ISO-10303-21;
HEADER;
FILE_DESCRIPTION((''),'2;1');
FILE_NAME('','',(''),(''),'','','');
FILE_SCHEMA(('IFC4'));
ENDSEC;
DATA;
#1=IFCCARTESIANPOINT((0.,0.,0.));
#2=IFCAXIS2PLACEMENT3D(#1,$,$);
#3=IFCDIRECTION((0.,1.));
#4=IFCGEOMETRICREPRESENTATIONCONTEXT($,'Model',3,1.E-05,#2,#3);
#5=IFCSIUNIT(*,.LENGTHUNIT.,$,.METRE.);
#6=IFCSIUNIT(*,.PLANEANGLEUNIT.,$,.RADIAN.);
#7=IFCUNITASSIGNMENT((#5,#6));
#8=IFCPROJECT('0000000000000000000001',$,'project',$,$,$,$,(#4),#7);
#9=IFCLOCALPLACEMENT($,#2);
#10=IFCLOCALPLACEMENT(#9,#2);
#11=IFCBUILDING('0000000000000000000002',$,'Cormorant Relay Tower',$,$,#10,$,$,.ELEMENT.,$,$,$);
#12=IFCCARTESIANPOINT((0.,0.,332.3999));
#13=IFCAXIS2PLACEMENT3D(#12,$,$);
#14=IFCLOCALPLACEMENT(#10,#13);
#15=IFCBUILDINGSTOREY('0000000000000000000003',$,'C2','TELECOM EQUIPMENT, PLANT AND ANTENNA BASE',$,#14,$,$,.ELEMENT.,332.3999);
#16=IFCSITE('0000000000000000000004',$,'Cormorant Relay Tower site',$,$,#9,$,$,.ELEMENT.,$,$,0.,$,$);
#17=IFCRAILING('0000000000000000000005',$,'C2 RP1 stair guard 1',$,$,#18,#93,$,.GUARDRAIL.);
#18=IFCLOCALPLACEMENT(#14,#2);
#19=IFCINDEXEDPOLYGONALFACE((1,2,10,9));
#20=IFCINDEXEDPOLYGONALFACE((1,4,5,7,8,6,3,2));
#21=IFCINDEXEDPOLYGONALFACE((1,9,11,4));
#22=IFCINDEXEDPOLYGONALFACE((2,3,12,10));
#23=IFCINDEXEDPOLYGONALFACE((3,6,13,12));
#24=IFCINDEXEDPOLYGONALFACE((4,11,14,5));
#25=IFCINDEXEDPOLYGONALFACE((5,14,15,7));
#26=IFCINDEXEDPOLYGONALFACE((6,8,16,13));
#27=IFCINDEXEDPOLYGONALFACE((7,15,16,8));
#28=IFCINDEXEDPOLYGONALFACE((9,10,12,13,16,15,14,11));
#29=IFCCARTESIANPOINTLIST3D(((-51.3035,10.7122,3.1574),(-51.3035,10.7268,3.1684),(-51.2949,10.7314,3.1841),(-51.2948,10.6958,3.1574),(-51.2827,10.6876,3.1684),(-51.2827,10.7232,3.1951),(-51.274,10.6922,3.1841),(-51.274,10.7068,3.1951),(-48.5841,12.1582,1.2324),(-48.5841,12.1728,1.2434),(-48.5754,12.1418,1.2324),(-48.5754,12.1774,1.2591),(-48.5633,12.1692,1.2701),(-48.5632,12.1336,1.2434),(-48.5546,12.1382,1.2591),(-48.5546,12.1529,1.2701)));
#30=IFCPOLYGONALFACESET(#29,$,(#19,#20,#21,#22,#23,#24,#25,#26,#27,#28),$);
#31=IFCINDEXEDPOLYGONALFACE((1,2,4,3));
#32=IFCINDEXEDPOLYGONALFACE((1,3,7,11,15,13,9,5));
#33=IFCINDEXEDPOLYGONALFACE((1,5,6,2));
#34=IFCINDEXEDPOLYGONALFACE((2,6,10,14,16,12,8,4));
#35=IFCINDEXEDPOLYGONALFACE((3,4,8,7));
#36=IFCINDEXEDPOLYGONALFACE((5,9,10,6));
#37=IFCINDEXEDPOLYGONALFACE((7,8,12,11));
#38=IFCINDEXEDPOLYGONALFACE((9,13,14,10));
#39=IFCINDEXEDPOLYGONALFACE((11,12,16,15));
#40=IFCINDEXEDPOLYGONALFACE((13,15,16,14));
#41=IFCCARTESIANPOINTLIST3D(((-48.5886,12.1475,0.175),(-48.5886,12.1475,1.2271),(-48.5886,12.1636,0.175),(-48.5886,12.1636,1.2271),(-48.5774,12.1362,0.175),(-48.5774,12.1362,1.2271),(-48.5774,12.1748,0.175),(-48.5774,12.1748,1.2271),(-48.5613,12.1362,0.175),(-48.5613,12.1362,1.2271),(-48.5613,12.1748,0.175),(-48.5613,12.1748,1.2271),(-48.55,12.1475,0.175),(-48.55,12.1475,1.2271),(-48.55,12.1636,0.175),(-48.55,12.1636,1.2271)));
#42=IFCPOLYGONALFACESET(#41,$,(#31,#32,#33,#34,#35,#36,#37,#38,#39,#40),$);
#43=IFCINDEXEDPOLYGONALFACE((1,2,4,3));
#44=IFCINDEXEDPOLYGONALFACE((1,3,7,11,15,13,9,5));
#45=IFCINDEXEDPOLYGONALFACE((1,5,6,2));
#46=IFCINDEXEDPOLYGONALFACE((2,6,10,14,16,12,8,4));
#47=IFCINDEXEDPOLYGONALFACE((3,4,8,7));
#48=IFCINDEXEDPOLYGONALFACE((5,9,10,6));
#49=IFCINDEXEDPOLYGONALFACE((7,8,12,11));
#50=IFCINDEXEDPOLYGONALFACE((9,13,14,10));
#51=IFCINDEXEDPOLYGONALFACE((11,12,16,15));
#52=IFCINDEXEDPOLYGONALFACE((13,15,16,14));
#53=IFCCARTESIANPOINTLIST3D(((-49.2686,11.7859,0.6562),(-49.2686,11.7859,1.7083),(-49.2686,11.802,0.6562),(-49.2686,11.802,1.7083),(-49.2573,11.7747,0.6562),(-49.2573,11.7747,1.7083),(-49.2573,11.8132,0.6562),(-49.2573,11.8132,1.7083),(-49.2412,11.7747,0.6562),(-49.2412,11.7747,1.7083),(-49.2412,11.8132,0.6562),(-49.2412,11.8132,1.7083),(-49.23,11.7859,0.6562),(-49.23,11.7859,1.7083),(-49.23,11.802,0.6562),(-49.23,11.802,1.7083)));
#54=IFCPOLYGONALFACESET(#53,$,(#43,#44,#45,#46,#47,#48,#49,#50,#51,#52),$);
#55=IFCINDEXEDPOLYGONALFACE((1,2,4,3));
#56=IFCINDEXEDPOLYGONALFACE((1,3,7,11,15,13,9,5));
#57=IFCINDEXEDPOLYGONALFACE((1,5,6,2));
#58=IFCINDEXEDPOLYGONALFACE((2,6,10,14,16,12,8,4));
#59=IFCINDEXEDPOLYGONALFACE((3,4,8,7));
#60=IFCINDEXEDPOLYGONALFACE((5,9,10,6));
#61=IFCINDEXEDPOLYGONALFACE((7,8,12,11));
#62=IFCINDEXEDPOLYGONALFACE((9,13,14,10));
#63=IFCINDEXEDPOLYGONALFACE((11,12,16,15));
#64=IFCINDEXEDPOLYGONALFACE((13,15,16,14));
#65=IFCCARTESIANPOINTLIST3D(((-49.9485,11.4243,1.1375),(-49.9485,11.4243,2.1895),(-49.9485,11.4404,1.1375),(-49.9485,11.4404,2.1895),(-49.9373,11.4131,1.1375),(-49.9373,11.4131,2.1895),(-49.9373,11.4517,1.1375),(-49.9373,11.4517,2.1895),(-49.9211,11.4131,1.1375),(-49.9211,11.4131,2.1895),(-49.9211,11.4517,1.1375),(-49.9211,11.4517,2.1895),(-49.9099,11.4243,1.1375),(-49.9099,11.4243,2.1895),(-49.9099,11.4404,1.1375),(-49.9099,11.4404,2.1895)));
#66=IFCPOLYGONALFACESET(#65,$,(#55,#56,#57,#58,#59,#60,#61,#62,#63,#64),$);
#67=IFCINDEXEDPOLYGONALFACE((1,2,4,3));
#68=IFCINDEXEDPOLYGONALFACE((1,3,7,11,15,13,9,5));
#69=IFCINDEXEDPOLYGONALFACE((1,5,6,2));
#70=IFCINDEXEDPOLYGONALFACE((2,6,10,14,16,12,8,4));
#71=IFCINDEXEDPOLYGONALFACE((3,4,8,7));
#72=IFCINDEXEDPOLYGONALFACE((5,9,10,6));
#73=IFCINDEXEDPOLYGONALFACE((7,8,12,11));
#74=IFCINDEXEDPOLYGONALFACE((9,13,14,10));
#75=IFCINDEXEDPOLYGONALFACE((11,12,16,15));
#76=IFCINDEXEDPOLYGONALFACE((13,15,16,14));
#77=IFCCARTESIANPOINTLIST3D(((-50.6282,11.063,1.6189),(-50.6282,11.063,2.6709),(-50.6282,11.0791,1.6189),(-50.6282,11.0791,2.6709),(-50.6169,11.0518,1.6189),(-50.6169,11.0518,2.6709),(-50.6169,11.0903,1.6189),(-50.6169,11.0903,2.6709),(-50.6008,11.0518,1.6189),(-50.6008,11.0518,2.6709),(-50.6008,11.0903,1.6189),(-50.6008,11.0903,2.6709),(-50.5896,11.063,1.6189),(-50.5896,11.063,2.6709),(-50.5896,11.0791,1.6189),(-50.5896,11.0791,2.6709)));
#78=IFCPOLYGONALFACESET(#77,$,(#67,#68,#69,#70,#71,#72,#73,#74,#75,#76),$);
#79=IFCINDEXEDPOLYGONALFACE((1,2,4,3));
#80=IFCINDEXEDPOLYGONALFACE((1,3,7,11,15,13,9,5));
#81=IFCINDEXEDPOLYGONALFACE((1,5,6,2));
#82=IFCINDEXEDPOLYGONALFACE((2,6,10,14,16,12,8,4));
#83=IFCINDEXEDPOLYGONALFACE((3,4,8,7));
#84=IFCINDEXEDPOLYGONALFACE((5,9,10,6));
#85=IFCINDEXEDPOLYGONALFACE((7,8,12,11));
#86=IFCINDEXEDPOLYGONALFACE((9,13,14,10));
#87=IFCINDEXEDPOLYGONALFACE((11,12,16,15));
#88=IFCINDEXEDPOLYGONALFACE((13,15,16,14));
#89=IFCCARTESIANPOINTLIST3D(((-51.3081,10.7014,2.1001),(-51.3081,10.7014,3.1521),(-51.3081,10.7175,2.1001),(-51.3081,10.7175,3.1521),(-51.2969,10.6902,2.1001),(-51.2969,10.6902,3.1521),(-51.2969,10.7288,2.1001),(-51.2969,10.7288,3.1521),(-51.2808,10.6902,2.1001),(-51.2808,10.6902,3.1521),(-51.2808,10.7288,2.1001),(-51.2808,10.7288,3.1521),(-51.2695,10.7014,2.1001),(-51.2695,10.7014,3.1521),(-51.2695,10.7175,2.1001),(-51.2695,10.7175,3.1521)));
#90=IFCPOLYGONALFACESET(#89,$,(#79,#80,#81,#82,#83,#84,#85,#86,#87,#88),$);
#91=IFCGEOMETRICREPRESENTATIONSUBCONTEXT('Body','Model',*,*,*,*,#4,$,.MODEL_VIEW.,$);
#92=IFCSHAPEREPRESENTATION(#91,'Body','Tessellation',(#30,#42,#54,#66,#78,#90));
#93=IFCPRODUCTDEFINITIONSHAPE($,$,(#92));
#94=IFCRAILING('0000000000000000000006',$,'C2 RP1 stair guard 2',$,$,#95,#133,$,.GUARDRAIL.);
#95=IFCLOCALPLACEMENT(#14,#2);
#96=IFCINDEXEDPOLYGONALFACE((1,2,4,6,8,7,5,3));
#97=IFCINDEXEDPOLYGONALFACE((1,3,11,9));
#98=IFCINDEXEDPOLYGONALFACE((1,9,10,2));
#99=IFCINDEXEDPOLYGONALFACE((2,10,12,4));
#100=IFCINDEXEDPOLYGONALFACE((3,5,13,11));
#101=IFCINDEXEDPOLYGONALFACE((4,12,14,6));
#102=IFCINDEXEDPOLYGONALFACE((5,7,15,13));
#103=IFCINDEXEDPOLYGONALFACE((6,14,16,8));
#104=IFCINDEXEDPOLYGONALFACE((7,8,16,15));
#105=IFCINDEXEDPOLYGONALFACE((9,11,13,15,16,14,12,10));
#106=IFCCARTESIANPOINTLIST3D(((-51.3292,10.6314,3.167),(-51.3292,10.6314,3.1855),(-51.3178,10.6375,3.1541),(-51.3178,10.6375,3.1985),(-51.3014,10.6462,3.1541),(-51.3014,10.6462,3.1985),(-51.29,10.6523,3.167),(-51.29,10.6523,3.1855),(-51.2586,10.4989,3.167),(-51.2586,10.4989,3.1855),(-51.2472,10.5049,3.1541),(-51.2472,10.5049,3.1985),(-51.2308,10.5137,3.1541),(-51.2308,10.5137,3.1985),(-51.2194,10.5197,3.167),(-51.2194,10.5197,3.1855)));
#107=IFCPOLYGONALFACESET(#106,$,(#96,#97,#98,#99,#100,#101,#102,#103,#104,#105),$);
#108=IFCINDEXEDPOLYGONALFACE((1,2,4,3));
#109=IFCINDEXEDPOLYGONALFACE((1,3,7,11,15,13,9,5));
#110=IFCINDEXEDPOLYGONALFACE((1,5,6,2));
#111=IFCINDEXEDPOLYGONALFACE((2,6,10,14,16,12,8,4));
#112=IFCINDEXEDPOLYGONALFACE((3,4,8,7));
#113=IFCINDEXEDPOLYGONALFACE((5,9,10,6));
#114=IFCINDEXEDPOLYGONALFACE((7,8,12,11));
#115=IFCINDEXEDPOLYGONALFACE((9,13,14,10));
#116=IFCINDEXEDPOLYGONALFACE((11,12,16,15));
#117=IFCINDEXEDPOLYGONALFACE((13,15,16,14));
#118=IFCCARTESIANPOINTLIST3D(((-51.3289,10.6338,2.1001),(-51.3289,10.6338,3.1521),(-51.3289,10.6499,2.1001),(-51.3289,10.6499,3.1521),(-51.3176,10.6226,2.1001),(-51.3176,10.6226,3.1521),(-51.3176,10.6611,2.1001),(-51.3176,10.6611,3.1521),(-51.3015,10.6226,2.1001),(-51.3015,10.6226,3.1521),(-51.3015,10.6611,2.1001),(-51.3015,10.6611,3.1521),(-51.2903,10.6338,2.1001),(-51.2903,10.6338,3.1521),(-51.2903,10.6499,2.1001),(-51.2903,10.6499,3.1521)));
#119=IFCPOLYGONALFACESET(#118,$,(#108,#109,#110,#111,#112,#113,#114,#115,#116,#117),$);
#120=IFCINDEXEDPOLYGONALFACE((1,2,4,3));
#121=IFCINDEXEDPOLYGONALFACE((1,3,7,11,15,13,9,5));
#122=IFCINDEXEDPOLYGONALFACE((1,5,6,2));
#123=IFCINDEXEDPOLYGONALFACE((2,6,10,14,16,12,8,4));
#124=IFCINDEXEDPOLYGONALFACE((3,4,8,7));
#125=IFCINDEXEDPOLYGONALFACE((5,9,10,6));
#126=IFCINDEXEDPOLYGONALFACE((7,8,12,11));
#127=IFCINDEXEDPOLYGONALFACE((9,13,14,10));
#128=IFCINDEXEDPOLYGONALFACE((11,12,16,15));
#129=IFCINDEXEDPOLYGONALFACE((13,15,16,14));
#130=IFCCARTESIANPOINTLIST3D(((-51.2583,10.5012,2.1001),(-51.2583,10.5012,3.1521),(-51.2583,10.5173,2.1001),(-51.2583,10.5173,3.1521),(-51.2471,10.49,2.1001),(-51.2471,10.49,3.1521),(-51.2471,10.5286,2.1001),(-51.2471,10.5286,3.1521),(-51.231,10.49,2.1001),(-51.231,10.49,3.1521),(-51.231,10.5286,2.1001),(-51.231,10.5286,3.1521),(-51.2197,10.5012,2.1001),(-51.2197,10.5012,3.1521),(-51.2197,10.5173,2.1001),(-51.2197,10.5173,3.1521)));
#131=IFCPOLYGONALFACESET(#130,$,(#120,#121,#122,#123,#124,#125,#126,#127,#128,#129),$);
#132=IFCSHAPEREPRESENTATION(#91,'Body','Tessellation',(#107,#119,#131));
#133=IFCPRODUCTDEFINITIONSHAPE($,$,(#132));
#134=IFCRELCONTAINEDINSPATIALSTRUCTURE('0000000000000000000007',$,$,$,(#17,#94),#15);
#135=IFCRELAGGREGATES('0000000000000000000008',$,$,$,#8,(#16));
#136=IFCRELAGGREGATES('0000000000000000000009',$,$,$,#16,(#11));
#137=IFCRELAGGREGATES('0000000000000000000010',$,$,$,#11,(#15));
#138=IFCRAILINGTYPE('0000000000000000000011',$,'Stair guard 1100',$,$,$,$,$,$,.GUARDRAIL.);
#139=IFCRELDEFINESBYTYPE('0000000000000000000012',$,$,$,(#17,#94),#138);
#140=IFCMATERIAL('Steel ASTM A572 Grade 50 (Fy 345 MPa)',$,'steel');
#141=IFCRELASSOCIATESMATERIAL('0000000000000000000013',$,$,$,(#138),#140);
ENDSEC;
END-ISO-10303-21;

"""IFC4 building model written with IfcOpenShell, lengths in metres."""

from ifc_helpers import new_model, si_unit, direction, frame, origin, place, context, subcontext, project, spatial, polyline, outline, extrude, material, type_object, element, save


model = new_model("IFC4")

# Units and contexts
model_context = context("Model", 3, precision=1e-05, world=origin(), true_north=direction((0.0, 1.0)))
body_context = subcontext(model_context, "Body", "Model", "MODEL_VIEW")
ifc_project = project(units=[si_unit("LENGTHUNIT", "METRE"), si_unit("PLANEANGLEUNIT", "RADIAN")], contexts=[model_context])

# Site, building, storey
site_placement = place(None, origin())
site = spatial("IfcSite", under=ifc_project, at=site_placement, Name="Cormorant Relay Tower site", CompositionType="ELEMENT", RefElevation=0.0)
building_placement = place(site_placement, origin())
building = spatial("IfcBuilding", under=site, at=building_placement, Name="Cormorant Relay Tower", CompositionType="ELEMENT")
storey_placement = place(building_placement, frame((0.0, 0.0, 332.3999)))
storey = spatial("IfcBuildingStorey", under=building, at=storey_placement, Name="C2", Description="TELECOM EQUIPMENT, PLANT AND ANTENNA BASE", CompositionType="ELEMENT", Elevation=332.3999)

# Railings
ifc_material_1 = material(Name="Steel ASTM A572 Grade 50 (Fy 345 MPa)", Category="steel")
railing_type_1 = type_object("IfcRailingType", Name="Stair guard 1100", PredefinedType="GUARDRAIL", material=ifc_material_1)
railing_1_placement = place(storey_placement, frame((-48.5693, 12.1555, 0.175)))
element("IfcRailing", 1, at=railing_1_placement, inside=storey, type_object=railing_type_1, Name="C2 RP1 stair guard 1", PredefinedType="GUARDRAIL", context=body_context, shape_type="SweptSolid", body=[
    extrude(outline(polyline([(0.0222, 0.0093), (0.0093, 0.0222), (-0.0093, 0.0222), (-0.0222, 0.0093), (-0.0222, -0.0093), (-0.0093, -0.0222), (0.0093, -0.0222), (0.0222, -0.0093), (0.0222, 0.0093)])), frame((0.0, 0.0, 1.0762), z_axis=(-0.748727, -0.398125, 0.530004), x_axis=(0.469489, -0.882938, 0.0)), (0.0, 0.0, 1.0), 3.6321),
    extrude(outline(polyline([(0.0193, 0.0081), (0.0081, 0.0193), (-0.0081, 0.0193), (-0.0193, 0.0081), (-0.0193, -0.0081), (-0.0081, -0.0193), (0.0081, -0.0193), (0.0193, -0.0081), (0.0193, 0.0081)])), origin(), (0.0, 0.0, 1.0), 1.052),
    extrude(outline(polyline([(0.0193, 0.0081), (0.0081, 0.0193), (-0.0081, 0.0193), (-0.0193, 0.0081), (-0.0193, -0.0081), (-0.0081, -0.0193), (0.0081, -0.0193), (0.0193, -0.0081), (0.0193, 0.0081)])), frame((-0.6799, -0.3616, 0.4812)), (0.0, 0.0, 1.0), 1.052),
    extrude(outline(polyline([(0.0193, 0.0081), (0.0081, 0.0193), (-0.0081, 0.0193), (-0.0193, 0.0081), (-0.0193, -0.0081), (-0.0081, -0.0193), (0.0081, -0.0193), (0.0193, -0.0081), (0.0193, 0.0081)])), frame((-1.3599, -0.7231, 0.9624)), (0.0, 0.0, 1.0), 1.052),
    extrude(outline(polyline([(0.0193, 0.0081), (0.0081, 0.0193), (-0.0081, 0.0193), (-0.0193, 0.0081), (-0.0193, -0.0081), (-0.0081, -0.0193), (0.0081, -0.0193), (0.0193, -0.0081), (0.0193, 0.0081)])), frame((-2.0396, -1.0845, 1.4438)), (0.0, 0.0, 1.0), 1.052),
    extrude(outline(polyline([(0.0193, 0.0081), (0.0081, 0.0193), (-0.0081, 0.0193), (-0.0193, 0.0081), (-0.0193, -0.0081), (-0.0081, -0.0193), (0.0081, -0.0193), (0.0193, -0.0081), (0.0193, 0.0081)])), frame((-2.7195, -1.446, 1.925)), (0.0, 0.0, 1.0), 1.052),
])
railing_2_placement = place(storey_placement, frame((-51.3096, 10.6418, 2.1001)))
element("IfcRailing", 2, at=railing_2_placement, inside=storey, type_object=railing_type_1, Name="C2 RP1 stair guard 2", PredefinedType="GUARDRAIL", context=body_context, shape_type="SweptSolid", body=[
    extrude(outline(polyline([(0.0222, 0.0093), (0.0093, 0.0222), (-0.0093, 0.0222), (-0.0222, 0.0093), (-0.0222, -0.0093), (-0.0093, -0.0222), (0.0093, -0.0222), (0.0222, -0.0093), (0.0222, 0.0093)])), frame((0.0, 0.0, 1.0762), z_axis=(0.469829, -0.882758, 0.0), x_axis=(0.882758, 0.469829, 0.0)), (0.0, 0.0, 1.0), 0.1501),
    extrude(outline(polyline([(0.0193, 0.0081), (0.0081, 0.0193), (-0.0081, 0.0193), (-0.0193, 0.0081), (-0.0193, -0.0081), (-0.0081, -0.0193), (0.0081, -0.0193), (0.0193, -0.0081), (0.0193, 0.0081)])), origin(), (0.0, 0.0, 1.0), 1.052),
    extrude(outline(polyline([(0.0193, 0.0081), (0.0081, 0.0193), (-0.0081, 0.0193), (-0.0193, 0.0081), (-0.0193, -0.0081), (-0.0081, -0.0193), (0.0081, -0.0193), (0.0193, -0.0081), (0.0193, 0.0081)])), frame((0.0706, -0.1326, 0.0)), (0.0, 0.0, 1.0), 1.052),
])

save(model, "model.ifc")
